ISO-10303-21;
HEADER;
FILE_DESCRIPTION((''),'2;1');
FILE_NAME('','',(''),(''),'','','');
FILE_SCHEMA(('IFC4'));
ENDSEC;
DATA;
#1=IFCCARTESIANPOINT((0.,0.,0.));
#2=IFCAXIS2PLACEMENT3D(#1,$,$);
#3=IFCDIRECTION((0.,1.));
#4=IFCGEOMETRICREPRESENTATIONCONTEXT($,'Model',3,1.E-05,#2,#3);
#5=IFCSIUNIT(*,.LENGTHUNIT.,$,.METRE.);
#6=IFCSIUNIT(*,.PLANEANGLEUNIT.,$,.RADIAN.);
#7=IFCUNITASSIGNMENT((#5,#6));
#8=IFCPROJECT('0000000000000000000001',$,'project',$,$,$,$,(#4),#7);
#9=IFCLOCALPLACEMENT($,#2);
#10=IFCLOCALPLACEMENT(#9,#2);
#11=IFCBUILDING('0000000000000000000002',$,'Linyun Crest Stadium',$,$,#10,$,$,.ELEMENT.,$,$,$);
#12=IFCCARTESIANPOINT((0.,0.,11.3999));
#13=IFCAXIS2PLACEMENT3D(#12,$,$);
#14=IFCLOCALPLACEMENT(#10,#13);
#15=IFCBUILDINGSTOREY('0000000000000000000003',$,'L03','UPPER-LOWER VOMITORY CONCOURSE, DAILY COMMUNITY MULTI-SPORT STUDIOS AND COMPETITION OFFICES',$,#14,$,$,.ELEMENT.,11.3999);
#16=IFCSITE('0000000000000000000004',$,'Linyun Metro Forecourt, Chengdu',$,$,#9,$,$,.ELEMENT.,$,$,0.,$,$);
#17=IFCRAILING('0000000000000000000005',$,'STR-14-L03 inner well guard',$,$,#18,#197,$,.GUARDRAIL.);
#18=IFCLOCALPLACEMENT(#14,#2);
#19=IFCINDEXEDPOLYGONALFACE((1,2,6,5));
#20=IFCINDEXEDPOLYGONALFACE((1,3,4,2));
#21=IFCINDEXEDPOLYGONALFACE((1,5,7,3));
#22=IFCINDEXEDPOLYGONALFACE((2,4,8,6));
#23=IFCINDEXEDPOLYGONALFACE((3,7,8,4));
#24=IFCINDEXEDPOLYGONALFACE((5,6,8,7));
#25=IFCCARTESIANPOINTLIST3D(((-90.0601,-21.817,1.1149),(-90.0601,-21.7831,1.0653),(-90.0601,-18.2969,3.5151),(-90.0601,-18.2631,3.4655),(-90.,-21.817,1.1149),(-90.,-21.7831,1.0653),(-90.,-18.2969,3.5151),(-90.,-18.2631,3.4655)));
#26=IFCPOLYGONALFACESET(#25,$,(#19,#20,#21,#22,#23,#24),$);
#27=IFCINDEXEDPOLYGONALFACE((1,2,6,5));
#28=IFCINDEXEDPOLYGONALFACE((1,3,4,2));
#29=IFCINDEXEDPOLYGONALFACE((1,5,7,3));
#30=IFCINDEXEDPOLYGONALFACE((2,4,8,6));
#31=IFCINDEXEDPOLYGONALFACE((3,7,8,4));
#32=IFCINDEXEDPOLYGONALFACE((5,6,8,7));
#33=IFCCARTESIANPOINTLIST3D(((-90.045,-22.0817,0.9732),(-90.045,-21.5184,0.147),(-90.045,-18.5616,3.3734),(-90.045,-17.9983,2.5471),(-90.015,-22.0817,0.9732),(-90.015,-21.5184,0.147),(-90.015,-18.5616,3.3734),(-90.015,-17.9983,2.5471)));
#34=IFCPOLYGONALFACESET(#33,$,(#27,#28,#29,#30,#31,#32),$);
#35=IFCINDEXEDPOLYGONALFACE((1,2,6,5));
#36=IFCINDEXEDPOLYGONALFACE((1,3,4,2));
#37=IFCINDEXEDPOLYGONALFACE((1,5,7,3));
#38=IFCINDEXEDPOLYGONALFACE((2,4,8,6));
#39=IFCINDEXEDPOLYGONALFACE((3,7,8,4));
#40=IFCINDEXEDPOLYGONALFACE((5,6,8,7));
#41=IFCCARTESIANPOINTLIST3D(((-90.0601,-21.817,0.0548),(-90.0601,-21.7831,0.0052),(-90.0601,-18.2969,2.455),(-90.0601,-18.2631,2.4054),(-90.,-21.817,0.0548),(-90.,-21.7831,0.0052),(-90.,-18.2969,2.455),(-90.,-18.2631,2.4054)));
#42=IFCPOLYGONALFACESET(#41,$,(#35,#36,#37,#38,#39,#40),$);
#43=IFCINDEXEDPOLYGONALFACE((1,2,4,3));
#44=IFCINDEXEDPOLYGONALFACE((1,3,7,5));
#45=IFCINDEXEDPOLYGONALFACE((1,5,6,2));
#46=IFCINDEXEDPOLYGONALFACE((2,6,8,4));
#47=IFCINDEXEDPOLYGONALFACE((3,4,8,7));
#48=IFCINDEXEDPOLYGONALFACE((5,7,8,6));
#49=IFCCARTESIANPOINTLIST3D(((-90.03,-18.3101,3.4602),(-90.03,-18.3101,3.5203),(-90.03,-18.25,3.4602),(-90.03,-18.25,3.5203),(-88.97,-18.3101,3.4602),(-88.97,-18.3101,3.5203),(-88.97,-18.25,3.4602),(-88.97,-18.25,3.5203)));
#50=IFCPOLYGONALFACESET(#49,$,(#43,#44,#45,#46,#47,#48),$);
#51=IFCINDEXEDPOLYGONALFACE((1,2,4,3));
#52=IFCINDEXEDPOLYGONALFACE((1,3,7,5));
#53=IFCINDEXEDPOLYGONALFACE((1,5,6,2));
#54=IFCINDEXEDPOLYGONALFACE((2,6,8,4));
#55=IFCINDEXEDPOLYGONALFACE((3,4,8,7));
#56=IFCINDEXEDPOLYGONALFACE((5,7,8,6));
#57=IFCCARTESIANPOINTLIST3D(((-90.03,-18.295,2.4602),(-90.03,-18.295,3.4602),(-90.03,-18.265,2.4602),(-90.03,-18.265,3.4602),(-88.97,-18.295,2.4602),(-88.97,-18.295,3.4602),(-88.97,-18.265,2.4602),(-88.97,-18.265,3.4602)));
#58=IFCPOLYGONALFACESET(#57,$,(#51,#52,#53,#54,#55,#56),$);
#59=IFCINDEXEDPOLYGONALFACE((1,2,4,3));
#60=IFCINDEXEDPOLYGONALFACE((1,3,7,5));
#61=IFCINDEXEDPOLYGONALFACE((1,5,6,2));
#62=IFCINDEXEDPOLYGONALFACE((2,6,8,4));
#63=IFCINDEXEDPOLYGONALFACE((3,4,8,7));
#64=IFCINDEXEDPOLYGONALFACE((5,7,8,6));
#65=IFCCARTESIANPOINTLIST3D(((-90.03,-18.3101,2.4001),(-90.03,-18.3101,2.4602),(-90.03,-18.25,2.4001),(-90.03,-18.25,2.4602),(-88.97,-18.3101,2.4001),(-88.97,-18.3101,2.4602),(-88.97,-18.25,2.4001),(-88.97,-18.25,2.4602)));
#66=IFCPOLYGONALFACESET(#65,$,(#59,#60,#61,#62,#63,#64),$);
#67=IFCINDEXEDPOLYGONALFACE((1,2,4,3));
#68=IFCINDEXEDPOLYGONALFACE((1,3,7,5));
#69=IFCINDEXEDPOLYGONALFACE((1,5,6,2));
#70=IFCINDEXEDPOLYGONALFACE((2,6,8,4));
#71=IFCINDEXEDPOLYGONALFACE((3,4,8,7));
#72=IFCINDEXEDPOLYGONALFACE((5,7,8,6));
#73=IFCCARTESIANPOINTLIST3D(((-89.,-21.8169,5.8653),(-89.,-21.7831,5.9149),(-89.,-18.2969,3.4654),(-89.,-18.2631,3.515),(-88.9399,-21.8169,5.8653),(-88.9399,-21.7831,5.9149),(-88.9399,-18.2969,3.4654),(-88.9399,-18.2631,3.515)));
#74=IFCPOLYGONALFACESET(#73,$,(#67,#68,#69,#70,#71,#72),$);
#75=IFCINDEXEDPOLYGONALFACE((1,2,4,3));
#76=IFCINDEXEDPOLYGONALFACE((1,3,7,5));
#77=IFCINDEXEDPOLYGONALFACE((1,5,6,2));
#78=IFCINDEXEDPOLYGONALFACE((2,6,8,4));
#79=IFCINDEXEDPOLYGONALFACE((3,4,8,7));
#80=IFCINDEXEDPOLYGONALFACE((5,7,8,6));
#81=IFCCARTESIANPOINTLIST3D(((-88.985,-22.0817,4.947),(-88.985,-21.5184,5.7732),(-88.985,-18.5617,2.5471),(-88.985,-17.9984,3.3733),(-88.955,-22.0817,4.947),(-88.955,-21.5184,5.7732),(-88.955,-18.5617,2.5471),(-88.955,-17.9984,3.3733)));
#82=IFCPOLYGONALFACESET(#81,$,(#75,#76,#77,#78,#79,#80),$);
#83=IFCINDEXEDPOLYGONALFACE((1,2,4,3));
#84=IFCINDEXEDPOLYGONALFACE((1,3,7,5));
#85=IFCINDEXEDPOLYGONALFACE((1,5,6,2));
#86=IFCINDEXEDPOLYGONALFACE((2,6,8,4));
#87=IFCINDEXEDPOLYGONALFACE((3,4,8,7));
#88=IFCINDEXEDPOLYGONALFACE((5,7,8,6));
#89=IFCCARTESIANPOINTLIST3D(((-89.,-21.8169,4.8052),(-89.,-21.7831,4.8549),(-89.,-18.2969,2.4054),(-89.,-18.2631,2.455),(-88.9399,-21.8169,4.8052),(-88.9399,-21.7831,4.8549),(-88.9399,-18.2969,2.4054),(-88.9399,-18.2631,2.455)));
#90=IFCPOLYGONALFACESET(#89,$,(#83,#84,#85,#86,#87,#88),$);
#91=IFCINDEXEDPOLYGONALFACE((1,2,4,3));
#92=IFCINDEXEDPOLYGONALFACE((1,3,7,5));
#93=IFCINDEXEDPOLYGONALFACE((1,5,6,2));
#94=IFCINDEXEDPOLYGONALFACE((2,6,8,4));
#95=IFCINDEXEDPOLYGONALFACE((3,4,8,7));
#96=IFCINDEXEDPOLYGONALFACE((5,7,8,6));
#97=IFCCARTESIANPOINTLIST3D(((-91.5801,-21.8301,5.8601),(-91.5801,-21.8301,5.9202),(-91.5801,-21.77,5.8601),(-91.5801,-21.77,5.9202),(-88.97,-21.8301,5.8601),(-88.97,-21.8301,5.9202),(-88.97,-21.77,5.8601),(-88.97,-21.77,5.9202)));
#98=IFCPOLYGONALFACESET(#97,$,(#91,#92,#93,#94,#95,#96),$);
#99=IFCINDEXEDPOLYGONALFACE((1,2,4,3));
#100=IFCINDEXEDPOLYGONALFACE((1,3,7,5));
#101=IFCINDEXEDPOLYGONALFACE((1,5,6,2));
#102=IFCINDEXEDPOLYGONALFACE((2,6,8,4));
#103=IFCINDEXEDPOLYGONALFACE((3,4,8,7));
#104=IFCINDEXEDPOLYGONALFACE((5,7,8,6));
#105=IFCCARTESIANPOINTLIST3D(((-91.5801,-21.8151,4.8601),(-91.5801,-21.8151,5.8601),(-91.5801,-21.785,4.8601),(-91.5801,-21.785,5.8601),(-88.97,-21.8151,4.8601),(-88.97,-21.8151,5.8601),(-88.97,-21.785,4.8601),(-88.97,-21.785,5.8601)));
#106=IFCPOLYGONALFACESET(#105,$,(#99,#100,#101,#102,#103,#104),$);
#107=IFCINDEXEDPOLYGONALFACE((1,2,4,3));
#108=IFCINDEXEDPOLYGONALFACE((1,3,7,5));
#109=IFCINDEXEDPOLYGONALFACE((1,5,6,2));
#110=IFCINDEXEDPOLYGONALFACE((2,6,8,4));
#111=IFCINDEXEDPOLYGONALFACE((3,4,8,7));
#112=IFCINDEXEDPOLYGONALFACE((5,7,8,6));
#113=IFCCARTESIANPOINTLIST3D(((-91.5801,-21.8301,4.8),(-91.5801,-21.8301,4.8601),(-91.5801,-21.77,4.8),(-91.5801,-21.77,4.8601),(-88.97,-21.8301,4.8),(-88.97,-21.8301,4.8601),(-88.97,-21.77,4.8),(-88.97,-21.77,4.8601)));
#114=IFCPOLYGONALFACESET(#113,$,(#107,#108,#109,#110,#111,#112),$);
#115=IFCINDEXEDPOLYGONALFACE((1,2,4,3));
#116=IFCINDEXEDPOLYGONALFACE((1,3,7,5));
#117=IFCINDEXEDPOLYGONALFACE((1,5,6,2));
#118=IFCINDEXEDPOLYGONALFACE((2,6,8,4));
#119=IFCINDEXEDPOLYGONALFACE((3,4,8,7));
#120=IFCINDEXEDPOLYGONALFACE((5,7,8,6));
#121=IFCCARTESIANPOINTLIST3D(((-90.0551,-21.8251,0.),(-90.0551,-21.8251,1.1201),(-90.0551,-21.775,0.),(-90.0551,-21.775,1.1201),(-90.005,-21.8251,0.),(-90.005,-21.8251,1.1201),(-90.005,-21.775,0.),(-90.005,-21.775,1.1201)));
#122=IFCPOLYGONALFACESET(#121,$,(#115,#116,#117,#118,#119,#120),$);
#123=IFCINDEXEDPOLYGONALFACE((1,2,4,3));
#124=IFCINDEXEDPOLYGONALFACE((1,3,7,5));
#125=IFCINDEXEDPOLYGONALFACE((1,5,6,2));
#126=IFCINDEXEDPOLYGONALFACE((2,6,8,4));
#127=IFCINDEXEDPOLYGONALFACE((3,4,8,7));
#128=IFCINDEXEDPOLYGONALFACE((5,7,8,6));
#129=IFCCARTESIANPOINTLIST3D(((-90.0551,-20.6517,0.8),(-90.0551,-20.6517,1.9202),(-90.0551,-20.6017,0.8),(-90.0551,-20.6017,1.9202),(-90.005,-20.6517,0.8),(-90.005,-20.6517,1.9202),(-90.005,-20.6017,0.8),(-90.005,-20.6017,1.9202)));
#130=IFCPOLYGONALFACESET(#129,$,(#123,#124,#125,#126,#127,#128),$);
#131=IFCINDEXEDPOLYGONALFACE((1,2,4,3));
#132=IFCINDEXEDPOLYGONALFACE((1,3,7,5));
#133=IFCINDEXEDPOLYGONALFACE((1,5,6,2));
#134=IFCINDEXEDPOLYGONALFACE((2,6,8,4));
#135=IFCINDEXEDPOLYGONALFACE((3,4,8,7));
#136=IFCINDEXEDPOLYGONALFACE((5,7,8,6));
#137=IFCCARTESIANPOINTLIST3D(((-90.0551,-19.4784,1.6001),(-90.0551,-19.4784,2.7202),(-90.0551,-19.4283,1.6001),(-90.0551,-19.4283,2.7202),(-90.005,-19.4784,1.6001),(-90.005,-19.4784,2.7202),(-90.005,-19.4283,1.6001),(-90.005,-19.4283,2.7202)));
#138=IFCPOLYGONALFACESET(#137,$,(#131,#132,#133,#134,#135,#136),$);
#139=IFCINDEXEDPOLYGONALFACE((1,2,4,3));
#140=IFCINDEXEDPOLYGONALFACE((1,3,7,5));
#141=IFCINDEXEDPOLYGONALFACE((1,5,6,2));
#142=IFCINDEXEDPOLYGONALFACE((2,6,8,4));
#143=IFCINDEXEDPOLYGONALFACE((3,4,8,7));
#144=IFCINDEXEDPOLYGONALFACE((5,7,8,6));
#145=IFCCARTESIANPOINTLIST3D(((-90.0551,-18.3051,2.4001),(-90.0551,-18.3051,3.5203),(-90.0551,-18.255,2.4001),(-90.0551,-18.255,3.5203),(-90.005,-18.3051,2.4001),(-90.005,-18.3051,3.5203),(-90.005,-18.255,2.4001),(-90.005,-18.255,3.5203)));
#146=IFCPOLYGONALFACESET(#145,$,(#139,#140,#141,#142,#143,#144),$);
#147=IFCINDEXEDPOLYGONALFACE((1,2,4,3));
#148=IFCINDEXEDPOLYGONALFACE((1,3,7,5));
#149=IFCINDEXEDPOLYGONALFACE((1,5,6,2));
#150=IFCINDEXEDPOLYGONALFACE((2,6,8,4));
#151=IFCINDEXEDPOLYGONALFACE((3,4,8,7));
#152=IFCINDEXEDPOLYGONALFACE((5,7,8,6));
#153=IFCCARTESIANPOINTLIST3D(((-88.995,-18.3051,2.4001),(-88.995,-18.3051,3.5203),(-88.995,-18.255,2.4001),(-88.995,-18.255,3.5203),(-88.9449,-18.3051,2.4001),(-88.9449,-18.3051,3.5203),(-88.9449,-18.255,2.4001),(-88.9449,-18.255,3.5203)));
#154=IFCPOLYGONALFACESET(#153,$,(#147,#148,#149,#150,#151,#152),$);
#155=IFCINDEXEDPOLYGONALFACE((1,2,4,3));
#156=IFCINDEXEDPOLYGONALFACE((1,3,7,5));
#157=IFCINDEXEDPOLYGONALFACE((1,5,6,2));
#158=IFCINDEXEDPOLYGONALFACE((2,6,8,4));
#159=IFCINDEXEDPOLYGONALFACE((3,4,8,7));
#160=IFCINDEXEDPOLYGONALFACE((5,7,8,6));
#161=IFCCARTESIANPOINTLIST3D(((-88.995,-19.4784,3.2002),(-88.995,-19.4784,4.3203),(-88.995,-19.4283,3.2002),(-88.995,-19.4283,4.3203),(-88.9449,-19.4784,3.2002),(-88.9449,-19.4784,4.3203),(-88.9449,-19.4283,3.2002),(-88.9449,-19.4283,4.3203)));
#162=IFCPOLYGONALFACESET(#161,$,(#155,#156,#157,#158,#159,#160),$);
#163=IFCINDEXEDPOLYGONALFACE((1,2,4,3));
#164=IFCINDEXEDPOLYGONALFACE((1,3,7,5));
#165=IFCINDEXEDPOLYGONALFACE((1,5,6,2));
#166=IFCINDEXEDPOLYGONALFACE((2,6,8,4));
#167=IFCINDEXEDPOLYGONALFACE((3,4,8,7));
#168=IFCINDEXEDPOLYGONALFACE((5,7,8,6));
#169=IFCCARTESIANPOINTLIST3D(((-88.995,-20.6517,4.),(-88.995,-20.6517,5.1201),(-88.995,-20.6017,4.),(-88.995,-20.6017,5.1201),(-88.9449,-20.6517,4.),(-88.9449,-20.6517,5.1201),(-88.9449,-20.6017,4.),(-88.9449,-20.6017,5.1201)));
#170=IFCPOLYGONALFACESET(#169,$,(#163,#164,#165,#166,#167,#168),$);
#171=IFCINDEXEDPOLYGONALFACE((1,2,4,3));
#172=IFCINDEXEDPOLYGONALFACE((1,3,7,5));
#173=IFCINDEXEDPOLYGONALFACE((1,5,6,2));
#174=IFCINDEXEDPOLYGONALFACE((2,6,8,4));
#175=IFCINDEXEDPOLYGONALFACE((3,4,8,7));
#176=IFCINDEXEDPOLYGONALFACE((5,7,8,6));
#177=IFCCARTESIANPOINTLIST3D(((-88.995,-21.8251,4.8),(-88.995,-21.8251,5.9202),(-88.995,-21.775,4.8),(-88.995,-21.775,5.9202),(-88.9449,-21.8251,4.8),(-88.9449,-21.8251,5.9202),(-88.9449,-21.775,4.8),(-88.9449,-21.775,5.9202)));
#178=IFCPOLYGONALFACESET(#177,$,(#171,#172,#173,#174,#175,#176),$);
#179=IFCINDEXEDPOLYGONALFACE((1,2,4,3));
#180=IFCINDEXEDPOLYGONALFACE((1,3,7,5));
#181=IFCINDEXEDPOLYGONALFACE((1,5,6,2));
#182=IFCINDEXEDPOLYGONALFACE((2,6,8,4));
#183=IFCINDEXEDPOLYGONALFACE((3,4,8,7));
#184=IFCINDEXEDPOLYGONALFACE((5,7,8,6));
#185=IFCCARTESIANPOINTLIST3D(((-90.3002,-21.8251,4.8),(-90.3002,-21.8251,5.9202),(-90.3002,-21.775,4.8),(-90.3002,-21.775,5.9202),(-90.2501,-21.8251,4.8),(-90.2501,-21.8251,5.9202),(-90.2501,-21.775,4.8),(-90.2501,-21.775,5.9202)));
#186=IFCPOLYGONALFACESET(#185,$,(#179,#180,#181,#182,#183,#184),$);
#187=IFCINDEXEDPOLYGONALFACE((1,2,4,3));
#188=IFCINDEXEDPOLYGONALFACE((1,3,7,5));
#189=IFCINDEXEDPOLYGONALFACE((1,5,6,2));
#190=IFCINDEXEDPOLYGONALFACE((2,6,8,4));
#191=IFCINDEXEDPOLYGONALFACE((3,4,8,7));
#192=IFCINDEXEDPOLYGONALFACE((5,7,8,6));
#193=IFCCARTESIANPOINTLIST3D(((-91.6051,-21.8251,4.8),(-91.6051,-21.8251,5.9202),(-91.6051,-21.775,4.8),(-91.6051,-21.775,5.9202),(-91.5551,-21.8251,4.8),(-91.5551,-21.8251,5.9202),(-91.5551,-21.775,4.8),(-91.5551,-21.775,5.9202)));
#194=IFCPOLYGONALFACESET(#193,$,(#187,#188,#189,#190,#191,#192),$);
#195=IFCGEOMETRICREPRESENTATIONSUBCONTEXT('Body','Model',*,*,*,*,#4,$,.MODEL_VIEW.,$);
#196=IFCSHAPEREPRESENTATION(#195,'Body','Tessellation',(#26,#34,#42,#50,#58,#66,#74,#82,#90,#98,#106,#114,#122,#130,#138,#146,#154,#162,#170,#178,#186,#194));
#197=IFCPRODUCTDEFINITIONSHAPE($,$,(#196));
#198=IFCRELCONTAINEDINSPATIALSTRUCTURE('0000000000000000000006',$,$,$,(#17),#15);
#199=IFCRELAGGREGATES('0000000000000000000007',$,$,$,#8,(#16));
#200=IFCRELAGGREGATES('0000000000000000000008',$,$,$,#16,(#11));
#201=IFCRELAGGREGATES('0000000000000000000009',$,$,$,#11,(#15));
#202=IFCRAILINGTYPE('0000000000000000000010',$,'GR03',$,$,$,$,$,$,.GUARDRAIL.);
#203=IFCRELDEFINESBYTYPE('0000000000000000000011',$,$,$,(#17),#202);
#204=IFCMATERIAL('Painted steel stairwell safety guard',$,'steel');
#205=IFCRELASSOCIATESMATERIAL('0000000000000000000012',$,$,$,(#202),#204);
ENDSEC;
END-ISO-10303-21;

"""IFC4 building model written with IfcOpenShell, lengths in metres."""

from ifc_helpers import new_model, si_unit, direction, frame, origin, origin_2d, place, context, subcontext, project, spatial, rectangle, extrude, material, type_object, element, save


model = new_model("IFC4")

# Units and contexts
model_context = context("Model", 3, precision=1e-05, world=origin(), true_north=direction((0.0, 1.0)))
body_context = subcontext(model_context, "Body", "Model", "MODEL_VIEW")
ifc_project = project(units=[si_unit("LENGTHUNIT", "METRE"), si_unit("PLANEANGLEUNIT", "RADIAN")], contexts=[model_context])

# Site, building, storey
site_placement = place(None, origin())
site = spatial("IfcSite", under=ifc_project, at=site_placement, Name="Linyun Metro Forecourt, Chengdu", CompositionType="ELEMENT", RefElevation=0.0)
building_placement = place(site_placement, origin())
building = spatial("IfcBuilding", under=site, at=building_placement, Name="Linyun Crest Stadium", CompositionType="ELEMENT")
storey_placement = place(building_placement, frame((0.0, 0.0, 11.3999)))
storey = spatial("IfcBuildingStorey", under=building, at=storey_placement, Name="L03", Description="UPPER-LOWER VOMITORY CONCOURSE, DAILY COMMUNITY MULTI-SPORT STUDIOS AND COMPETITION OFFICES", CompositionType="ELEMENT", Elevation=11.3999)

# Railing
ifc_material_1 = material(Name="Painted steel stairwell safety guard", Category="steel")
railing_type_1 = type_object("IfcRailingType", Name="GR03", PredefinedType="GUARDRAIL", material=ifc_material_1)
railing_1_placement = place(storey_placement, frame((-90.03, -21.8, 0.0)))
element("IfcRailing", 1, at=railing_1_placement, inside=storey, type_object=railing_type_1, Name="STR-14-L03 inner well guard", PredefinedType="GUARDRAIL", context=body_context, shape_type="SweptSolid", body=[
    extrude(rectangle(XDim=0.0601, YDim=0.0601, at=origin_2d()), frame((0.0, 0.0, 1.0901), z_axis=(0.0, 0.826213, 0.563358), x_axis=(-1.0, 0.0, 0.0)), (0.0, 0.0, 1.0), 4.2605),
    extrude(rectangle(XDim=0.03, YDim=1.0, at=origin_2d()), frame((0.0, 0.0, 0.5601), z_axis=(0.0, 0.826213, 0.563358), x_axis=(-1.0, 0.0, 0.0)), (0.0, 0.0, 1.0), 4.2605),
    extrude(rectangle(XDim=0.0601, YDim=0.0601, at=origin_2d()), frame((0.0, 0.0, 0.03), z_axis=(0.0, 0.826213, 0.563358), x_axis=(-1.0, 0.0, 0.0)), (0.0, 0.0, 1.0), 4.2605),
    extrude(rectangle(XDim=0.0601, YDim=0.0601, at=origin_2d()), frame((0.0, 3.52, 3.4902), z_axis=(1.0, 0.0, 0.0), x_axis=(0.0, 1.0, 0.0)), (0.0, 0.0, 1.0), 1.0601),
    extrude(rectangle(XDim=0.03, YDim=1.0, at=origin_2d()), frame((0.0, 3.52, 2.9602), z_axis=(1.0, 0.0, 0.0), x_axis=(0.0, 1.0, 0.0)), (0.0, 0.0, 1.0), 1.0601),
    extrude(rectangle(XDim=0.0601, YDim=0.0601, at=origin_2d()), frame((0.0, 3.52, 2.4302), z_axis=(1.0, 0.0, 0.0), x_axis=(0.0, 1.0, 0.0)), (0.0, 0.0, 1.0), 1.0601),
    extrude(rectangle(XDim=0.0601, YDim=0.0601, at=origin_2d()), frame((1.0601, 3.52, 3.4902), z_axis=(0.0, -0.826239, 0.563319), x_axis=(1.0, 0.0, 0.0)), (0.0, 0.0, 1.0), 4.2603),
    extrude(rectangle(XDim=0.03, YDim=1.0, at=origin_2d()), frame((1.0601, 3.52, 2.9602), z_axis=(0.0, -0.826239, 0.563319), x_axis=(1.0, 0.0, 0.0)), (0.0, 0.0, 1.0), 4.2603),
    extrude(rectangle(XDim=0.0601, YDim=0.0601, at=origin_2d()), frame((1.0601, 3.52, 2.4302), z_axis=(0.0, -0.826239, 0.563319), x_axis=(1.0, 0.0, 0.0)), (0.0, 0.0, 1.0), 4.2603),
    extrude(rectangle(XDim=0.0601, YDim=0.0601, at=origin_2d()), frame((1.0601, 0.0, 5.8901), z_axis=(-1.0, 0.0, 0.0), x_axis=(0.0, -1.0, 0.0)), (0.0, 0.0, 1.0), 2.6101),
    extrude(rectangle(XDim=0.03, YDim=1.0, at=origin_2d()), frame((1.0601, 0.0, 5.3601), z_axis=(-1.0, 0.0, 0.0), x_axis=(0.0, -1.0, 0.0)), (0.0, 0.0, 1.0), 2.6101),
    extrude(rectangle(XDim=0.0601, YDim=0.0601, at=origin_2d()), frame((1.0601, 0.0, 4.8301), z_axis=(-1.0, 0.0, 0.0), x_axis=(0.0, -1.0, 0.0)), (0.0, 0.0, 1.0), 2.6101),
    extrude(rectangle(XDim=0.05, YDim=0.05, at=origin_2d()), origin(), (0.0, 0.0, 1.0), 1.1201),
    extrude(rectangle(XDim=0.05, YDim=0.05, at=origin_2d()), frame((0.0, 1.1733, 0.8)), (0.0, 0.0, 1.0), 1.1201),
    extrude(rectangle(XDim=0.05, YDim=0.05, at=origin_2d()), frame((0.0, 2.3467, 1.6001)), (0.0, 0.0, 1.0), 1.1201),
    extrude(rectangle(XDim=0.05, YDim=0.05, at=origin_2d()), frame((0.0, 3.52, 2.4001)), (0.0, 0.0, 1.0), 1.1201),
    extrude(rectangle(XDim=0.05, YDim=0.05, at=origin_2d()), frame((1.0601, 3.52, 2.4001)), (0.0, 0.0, 1.0), 1.1201),
    extrude(rectangle(XDim=0.05, YDim=0.05, at=origin_2d()), frame((1.0601, 2.3467, 3.2002)), (0.0, 0.0, 1.0), 1.1201),
    extrude(rectangle(XDim=0.05, YDim=0.05, at=origin_2d()), frame((1.0601, 1.1733, 4.0)), (0.0, 0.0, 1.0), 1.1201),
    extrude(rectangle(XDim=0.05, YDim=0.05, at=origin_2d()), frame((1.0601, 0.0, 4.8)), (0.0, 0.0, 1.0), 1.1201),
    extrude(rectangle(XDim=0.05, YDim=0.05, at=origin_2d()), frame((-0.2451, 0.0, 4.8)), (0.0, 0.0, 1.0), 1.1201),
    extrude(rectangle(XDim=0.05, YDim=0.05, at=origin_2d()), frame((-1.55, 0.0, 4.8)), (0.0, 0.0, 1.0), 1.1201),
])

save(model, "model.ifc")
